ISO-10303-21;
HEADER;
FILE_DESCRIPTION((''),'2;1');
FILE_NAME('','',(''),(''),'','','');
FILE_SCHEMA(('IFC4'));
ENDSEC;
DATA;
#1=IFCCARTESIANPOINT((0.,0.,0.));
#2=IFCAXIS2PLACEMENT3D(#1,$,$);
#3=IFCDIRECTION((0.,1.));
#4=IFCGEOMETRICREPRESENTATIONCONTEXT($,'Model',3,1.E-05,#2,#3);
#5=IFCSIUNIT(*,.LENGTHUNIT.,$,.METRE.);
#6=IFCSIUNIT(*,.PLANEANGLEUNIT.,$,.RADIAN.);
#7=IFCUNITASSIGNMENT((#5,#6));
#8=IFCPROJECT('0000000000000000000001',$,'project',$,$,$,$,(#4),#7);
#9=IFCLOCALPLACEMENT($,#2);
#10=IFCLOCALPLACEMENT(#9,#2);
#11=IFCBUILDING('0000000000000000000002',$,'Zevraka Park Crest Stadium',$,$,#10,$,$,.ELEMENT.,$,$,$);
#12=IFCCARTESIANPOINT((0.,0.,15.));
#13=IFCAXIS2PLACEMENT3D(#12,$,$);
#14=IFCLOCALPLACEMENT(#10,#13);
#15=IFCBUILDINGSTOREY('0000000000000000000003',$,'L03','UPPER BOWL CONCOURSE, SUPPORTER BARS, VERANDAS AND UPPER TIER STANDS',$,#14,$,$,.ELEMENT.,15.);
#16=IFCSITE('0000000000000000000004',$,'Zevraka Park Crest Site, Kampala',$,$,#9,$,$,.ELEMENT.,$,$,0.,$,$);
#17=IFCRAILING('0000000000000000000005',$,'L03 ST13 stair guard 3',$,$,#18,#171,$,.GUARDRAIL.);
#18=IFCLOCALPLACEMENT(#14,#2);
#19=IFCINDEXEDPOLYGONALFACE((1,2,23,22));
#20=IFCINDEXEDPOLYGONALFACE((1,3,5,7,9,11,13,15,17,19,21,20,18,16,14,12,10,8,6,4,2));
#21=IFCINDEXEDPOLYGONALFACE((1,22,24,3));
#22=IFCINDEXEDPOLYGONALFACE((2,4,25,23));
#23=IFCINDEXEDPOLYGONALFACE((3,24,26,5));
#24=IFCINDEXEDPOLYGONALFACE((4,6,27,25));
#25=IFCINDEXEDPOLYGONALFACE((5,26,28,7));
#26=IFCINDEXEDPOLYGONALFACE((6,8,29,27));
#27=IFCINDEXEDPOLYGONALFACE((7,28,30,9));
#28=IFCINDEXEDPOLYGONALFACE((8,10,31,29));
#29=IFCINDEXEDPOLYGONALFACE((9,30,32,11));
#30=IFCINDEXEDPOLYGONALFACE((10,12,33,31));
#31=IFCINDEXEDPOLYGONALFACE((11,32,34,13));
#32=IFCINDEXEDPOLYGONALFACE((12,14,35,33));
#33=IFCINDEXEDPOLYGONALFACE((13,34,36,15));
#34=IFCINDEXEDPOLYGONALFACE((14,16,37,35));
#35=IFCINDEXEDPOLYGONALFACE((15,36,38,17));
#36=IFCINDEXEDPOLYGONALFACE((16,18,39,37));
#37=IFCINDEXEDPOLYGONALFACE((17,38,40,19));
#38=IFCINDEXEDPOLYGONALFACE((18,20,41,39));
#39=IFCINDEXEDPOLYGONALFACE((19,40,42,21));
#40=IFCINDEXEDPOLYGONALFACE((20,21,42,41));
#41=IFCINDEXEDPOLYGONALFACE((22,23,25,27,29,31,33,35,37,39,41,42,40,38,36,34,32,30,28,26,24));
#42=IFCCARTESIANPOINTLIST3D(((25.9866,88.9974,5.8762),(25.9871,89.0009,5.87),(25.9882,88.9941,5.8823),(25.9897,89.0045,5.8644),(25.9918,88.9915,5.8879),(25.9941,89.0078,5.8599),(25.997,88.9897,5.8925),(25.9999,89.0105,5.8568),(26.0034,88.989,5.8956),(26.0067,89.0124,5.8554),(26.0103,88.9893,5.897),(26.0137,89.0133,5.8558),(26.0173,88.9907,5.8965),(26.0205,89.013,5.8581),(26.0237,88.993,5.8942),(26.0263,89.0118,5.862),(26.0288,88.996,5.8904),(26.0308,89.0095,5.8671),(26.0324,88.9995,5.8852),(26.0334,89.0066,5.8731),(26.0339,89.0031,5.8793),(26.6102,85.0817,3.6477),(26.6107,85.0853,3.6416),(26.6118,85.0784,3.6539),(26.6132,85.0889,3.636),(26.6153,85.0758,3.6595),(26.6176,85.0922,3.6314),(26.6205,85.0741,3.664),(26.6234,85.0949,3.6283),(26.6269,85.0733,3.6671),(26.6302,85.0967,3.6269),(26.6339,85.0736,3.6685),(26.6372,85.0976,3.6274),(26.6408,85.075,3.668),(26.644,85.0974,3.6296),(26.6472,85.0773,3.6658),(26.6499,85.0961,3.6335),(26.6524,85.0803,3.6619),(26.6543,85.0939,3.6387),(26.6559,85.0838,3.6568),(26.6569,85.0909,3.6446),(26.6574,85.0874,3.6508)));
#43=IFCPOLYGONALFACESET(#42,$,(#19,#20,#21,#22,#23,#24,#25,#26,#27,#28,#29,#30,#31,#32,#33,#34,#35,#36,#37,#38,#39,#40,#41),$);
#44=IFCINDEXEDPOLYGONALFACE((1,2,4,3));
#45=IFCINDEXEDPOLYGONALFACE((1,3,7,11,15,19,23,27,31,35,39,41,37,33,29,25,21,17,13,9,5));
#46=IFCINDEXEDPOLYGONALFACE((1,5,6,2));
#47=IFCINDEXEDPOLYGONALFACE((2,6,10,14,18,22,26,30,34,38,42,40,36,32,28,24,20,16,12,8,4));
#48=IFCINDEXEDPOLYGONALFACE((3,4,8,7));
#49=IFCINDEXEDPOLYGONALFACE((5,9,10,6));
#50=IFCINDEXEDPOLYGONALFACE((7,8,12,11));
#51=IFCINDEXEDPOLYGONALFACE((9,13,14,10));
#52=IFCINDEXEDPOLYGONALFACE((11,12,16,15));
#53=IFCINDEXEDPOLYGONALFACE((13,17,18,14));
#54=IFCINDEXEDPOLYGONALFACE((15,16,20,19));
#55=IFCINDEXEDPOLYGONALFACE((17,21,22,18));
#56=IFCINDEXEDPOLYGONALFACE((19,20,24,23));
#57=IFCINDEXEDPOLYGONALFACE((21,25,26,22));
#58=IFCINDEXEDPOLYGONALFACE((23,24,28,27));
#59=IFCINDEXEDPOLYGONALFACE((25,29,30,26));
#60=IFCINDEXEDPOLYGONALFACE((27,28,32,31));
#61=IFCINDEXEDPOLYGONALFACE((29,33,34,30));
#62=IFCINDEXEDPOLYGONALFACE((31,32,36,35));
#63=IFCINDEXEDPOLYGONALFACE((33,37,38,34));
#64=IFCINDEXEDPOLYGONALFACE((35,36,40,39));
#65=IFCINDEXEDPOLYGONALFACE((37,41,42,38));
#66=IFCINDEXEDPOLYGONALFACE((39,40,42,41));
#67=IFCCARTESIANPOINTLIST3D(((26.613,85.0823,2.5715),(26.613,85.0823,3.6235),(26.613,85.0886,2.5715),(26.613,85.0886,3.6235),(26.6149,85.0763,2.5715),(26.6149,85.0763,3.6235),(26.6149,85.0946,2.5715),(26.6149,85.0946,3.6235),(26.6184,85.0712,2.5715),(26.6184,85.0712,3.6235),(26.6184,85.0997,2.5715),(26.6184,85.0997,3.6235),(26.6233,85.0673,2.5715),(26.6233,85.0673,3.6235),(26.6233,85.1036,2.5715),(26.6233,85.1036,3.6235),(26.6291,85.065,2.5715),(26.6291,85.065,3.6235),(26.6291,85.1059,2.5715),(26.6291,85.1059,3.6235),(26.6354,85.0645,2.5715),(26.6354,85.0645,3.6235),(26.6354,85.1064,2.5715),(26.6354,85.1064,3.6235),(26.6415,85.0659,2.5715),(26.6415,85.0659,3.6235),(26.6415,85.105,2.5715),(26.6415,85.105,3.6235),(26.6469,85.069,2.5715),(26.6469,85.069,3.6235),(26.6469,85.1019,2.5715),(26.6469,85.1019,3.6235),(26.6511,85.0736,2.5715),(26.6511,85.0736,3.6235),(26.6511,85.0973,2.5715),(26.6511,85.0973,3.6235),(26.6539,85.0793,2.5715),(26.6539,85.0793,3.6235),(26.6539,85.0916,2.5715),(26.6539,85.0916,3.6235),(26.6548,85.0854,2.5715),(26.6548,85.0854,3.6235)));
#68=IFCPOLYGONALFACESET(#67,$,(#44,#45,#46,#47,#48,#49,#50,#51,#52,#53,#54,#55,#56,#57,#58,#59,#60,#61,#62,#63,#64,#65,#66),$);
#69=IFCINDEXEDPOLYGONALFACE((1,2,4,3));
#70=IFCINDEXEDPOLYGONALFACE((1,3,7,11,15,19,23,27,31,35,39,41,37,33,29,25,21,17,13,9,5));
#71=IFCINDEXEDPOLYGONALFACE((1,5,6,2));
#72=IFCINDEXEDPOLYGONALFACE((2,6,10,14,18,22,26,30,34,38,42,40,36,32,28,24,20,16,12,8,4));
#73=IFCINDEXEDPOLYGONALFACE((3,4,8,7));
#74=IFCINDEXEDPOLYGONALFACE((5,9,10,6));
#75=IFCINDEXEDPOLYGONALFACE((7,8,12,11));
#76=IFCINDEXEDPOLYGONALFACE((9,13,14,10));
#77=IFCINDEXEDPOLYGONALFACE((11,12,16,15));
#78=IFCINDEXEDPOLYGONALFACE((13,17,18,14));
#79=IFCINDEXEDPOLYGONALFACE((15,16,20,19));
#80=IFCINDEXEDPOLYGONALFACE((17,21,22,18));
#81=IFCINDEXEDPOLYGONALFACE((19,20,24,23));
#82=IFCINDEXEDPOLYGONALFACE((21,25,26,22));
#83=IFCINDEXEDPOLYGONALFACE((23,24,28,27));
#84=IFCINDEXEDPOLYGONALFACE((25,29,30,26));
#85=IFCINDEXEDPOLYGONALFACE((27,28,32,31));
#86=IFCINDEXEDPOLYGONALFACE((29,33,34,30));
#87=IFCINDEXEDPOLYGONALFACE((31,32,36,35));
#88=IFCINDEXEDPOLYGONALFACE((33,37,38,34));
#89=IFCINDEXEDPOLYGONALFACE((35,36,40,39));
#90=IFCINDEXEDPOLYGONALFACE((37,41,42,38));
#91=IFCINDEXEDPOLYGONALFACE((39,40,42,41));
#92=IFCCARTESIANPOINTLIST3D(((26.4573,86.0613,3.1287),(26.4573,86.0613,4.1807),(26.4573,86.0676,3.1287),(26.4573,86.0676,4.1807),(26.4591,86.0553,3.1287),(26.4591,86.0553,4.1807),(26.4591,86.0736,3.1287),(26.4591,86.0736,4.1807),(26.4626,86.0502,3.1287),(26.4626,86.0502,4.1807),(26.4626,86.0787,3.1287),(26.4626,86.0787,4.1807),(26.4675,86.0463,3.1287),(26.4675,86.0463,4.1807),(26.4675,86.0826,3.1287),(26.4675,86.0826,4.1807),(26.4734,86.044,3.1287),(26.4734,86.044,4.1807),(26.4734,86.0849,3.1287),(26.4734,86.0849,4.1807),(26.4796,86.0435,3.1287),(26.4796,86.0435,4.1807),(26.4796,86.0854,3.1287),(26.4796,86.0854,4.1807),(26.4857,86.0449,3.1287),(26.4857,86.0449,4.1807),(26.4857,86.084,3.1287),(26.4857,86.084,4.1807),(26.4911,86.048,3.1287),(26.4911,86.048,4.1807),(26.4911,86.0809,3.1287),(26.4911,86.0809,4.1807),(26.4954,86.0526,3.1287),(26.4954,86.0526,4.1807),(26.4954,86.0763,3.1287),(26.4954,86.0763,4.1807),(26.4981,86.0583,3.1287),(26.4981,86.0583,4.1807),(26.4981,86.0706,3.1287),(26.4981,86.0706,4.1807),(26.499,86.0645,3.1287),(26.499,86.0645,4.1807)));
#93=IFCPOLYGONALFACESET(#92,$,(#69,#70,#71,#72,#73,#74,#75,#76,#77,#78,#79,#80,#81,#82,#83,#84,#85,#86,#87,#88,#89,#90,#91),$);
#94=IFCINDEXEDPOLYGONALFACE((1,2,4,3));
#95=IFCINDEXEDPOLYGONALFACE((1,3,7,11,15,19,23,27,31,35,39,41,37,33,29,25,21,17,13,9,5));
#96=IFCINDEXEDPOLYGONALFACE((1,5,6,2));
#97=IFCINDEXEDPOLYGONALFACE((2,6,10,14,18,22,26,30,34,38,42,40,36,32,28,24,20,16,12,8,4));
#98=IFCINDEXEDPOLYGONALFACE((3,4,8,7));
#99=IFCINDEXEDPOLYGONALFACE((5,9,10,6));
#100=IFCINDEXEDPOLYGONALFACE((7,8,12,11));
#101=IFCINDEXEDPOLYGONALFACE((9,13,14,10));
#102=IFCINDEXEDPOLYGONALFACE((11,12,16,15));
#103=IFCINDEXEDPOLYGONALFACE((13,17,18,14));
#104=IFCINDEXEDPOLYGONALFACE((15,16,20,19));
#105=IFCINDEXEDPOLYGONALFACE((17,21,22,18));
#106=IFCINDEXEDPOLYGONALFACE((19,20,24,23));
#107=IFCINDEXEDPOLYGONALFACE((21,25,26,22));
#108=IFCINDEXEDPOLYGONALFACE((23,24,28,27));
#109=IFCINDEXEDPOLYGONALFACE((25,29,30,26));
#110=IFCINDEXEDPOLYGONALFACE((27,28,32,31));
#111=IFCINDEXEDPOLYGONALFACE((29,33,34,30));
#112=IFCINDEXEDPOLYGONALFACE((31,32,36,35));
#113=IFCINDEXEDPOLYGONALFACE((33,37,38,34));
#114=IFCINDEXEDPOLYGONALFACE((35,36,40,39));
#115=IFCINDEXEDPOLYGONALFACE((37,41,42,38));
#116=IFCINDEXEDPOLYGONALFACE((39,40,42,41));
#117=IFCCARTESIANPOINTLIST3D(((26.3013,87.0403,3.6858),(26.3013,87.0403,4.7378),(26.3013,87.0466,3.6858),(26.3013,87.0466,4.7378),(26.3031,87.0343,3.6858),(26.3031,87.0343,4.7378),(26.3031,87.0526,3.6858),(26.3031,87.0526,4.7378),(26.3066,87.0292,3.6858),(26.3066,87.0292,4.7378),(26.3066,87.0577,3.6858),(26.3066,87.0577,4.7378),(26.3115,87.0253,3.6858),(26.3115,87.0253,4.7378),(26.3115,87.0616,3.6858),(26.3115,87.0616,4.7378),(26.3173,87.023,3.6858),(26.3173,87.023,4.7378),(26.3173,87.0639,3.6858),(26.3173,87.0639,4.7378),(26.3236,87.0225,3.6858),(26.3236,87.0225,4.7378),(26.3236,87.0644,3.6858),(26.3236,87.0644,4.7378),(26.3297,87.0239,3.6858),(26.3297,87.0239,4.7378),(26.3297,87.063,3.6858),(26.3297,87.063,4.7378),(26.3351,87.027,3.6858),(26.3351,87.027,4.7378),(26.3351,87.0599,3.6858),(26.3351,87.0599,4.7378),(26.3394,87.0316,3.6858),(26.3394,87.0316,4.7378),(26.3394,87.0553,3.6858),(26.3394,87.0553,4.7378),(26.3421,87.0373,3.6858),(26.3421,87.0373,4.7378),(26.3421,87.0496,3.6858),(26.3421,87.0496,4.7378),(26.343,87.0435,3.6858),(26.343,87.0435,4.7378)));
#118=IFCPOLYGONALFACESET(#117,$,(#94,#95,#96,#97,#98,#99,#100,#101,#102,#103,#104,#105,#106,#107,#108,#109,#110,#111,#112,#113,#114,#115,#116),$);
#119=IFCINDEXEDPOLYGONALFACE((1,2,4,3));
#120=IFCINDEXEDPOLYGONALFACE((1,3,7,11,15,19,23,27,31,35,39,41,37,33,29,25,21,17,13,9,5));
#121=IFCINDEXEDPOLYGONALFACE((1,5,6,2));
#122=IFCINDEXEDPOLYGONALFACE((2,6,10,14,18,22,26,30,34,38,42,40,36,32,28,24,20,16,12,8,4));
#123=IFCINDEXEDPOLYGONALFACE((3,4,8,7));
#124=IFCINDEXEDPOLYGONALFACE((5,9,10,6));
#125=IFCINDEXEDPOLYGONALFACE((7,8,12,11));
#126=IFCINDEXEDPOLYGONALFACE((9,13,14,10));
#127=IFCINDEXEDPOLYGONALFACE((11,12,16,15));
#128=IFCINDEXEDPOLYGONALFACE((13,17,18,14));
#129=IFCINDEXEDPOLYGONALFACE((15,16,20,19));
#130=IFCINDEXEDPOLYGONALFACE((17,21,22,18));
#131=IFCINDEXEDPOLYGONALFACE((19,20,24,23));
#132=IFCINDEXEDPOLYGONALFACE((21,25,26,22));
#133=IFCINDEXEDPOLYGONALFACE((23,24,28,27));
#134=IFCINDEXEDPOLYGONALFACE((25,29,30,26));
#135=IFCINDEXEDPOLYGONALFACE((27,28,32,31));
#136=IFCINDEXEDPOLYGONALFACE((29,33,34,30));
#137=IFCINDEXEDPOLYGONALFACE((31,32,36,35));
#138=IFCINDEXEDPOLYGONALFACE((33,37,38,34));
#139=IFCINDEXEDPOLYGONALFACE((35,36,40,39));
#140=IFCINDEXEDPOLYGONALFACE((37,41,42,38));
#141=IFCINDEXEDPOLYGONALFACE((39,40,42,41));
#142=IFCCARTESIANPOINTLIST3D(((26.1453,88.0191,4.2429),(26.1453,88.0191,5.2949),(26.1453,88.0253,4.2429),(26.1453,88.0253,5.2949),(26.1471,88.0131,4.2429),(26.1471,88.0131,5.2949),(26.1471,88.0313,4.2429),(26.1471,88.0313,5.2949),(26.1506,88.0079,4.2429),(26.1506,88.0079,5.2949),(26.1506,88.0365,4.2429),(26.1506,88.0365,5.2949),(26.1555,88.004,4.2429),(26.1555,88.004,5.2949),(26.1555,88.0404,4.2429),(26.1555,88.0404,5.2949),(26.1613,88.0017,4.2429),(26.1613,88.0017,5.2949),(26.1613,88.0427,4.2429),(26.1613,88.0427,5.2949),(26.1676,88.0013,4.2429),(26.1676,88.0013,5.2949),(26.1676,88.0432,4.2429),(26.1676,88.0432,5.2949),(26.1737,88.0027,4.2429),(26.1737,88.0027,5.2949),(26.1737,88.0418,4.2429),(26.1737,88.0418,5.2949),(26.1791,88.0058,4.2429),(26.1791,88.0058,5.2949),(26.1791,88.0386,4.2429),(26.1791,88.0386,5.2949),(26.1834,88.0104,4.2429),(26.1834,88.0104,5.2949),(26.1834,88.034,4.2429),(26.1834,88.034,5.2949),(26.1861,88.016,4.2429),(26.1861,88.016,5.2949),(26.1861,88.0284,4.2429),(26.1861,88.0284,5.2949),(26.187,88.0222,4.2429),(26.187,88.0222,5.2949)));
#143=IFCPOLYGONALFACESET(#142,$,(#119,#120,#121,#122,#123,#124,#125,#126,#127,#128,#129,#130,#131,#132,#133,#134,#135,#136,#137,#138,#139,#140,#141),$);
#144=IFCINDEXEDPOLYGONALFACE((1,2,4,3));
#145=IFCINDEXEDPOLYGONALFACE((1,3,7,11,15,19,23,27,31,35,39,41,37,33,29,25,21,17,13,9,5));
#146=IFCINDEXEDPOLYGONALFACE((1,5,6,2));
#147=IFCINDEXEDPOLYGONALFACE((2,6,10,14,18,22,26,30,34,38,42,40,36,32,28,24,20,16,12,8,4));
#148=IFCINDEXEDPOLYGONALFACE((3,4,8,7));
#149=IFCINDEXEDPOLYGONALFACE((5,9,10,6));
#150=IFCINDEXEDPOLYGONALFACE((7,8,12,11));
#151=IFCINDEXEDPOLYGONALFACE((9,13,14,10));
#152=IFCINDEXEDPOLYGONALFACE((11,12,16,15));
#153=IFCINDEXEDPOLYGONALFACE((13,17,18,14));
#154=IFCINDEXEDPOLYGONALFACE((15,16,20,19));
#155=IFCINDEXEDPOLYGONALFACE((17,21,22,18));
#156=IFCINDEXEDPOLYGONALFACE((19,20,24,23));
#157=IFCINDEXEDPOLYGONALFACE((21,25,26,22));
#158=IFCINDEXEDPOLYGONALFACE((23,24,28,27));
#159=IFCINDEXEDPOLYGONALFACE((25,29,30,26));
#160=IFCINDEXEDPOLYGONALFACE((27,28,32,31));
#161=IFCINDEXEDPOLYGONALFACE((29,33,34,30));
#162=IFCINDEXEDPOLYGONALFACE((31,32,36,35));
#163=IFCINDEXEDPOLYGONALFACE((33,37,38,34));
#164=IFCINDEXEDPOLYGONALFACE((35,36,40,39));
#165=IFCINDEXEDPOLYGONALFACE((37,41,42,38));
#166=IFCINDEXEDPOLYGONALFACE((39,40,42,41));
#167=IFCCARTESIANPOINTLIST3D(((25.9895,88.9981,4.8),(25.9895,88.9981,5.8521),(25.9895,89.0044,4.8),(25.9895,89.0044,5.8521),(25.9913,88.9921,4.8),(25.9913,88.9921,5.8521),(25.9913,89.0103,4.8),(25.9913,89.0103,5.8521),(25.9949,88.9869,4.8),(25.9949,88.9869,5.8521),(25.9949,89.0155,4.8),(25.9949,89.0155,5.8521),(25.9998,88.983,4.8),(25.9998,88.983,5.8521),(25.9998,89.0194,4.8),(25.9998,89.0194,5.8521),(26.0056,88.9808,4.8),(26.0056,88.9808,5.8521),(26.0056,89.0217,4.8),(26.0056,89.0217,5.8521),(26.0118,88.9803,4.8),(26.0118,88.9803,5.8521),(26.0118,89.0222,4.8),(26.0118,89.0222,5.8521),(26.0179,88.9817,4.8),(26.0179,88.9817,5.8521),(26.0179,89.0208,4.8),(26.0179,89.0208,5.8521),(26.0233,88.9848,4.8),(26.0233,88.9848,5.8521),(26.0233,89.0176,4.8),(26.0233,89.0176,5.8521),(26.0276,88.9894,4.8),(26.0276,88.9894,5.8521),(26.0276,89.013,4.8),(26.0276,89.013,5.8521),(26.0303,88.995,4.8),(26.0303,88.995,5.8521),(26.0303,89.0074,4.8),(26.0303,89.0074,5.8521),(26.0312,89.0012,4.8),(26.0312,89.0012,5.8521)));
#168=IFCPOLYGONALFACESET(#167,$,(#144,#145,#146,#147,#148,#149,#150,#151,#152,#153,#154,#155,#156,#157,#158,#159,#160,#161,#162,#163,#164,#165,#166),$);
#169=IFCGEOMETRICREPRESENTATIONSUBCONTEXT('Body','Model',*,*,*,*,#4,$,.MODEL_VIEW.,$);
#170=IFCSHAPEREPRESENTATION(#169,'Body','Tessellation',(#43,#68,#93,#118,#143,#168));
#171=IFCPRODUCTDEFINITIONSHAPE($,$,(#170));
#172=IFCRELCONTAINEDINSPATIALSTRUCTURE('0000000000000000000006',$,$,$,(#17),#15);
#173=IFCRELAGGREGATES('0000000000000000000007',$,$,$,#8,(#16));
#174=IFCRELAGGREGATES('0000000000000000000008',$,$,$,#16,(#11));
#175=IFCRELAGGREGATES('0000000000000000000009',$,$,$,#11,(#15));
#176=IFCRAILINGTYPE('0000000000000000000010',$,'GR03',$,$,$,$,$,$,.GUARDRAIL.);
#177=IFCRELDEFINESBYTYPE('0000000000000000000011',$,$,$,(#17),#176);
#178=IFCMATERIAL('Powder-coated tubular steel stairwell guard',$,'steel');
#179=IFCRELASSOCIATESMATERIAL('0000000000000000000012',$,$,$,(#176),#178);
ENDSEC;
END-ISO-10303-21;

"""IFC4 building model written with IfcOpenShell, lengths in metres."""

from ifc_helpers import new_model, si_unit, direction, frame, origin, origin_2d, place, context, subcontext, project, spatial, circle, extrude, material, type_object, element, save


model = new_model("IFC4")

# Units and contexts
model_context = context("Model", 3, precision=1e-05, world=origin(), true_north=direction((0.0, 1.0)))
body_context = subcontext(model_context, "Body", "Model", "MODEL_VIEW")
ifc_project = project(units=[si_unit("LENGTHUNIT", "METRE"), si_unit("PLANEANGLEUNIT", "RADIAN")], contexts=[model_context])

# Site, building, storey
site_placement = place(None, origin())
site = spatial("IfcSite", under=ifc_project, at=site_placement, Name="Zevraka Park Crest Site, Kampala", CompositionType="ELEMENT", RefElevation=0.0)
building_placement = place(site_placement, origin())
building = spatial("IfcBuilding", under=site, at=building_placement, Name="Zevraka Park Crest Stadium", CompositionType="ELEMENT")
storey_placement = place(building_placement, frame((0.0, 0.0, 15.0)))
storey = spatial("IfcBuildingStorey", under=building, at=storey_placement, Name="L03", Description="UPPER BOWL CONCOURSE, SUPPORTER BARS, VERANDAS AND UPPER TIER STANDS", CompositionType="ELEMENT", Elevation=15.0)

# Railing
ifc_material_1 = material(Name="Powder-coated tubular steel stairwell guard", Category="steel")
railing_type_1 = type_object("IfcRailingType", Name="GR03", PredefinedType="GUARDRAIL", material=ifc_material_1)
railing_1_placement = place(storey_placement, frame((26.6338, 85.0854, 2.5715)))
element("IfcRailing", 1, at=railing_1_placement, inside=storey, type_object=railing_type_1, Name="L03 ST13 stair guard 3", PredefinedType="GUARDRAIL", context=body_context, shape_type="SweptSolid", body=[
    extrude(circle(Radius=0.0239, at=origin_2d()), frame((0.0, 0.0, 1.0762), z_axis=(-0.137088, 0.860903, 0.489951), x_axis=(-0.987558, -0.157256, 0.0)), (0.0, 0.0, 1.0), 4.5483),
    extrude(circle(Radius=0.021, at=origin_2d()), origin(), (0.0, 0.0, 1.0), 1.052),
    extrude(circle(Radius=0.021, at=origin_2d()), frame((-0.1558, 0.979, 0.5571)), (0.0, 0.0, 1.0), 1.052),
    extrude(circle(Radius=0.021, at=origin_2d()), frame((-0.3118, 1.958, 1.1143)), (0.0, 0.0, 1.0), 1.052),
    extrude(circle(Radius=0.021, at=origin_2d()), frame((-0.4678, 2.9368, 1.6714)), (0.0, 0.0, 1.0), 1.052),
    extrude(circle(Radius=0.021, at=origin_2d()), frame((-0.6235, 3.9158, 2.2285)), (0.0, 0.0, 1.0), 1.052),
])

save(model, "model.ifc")
